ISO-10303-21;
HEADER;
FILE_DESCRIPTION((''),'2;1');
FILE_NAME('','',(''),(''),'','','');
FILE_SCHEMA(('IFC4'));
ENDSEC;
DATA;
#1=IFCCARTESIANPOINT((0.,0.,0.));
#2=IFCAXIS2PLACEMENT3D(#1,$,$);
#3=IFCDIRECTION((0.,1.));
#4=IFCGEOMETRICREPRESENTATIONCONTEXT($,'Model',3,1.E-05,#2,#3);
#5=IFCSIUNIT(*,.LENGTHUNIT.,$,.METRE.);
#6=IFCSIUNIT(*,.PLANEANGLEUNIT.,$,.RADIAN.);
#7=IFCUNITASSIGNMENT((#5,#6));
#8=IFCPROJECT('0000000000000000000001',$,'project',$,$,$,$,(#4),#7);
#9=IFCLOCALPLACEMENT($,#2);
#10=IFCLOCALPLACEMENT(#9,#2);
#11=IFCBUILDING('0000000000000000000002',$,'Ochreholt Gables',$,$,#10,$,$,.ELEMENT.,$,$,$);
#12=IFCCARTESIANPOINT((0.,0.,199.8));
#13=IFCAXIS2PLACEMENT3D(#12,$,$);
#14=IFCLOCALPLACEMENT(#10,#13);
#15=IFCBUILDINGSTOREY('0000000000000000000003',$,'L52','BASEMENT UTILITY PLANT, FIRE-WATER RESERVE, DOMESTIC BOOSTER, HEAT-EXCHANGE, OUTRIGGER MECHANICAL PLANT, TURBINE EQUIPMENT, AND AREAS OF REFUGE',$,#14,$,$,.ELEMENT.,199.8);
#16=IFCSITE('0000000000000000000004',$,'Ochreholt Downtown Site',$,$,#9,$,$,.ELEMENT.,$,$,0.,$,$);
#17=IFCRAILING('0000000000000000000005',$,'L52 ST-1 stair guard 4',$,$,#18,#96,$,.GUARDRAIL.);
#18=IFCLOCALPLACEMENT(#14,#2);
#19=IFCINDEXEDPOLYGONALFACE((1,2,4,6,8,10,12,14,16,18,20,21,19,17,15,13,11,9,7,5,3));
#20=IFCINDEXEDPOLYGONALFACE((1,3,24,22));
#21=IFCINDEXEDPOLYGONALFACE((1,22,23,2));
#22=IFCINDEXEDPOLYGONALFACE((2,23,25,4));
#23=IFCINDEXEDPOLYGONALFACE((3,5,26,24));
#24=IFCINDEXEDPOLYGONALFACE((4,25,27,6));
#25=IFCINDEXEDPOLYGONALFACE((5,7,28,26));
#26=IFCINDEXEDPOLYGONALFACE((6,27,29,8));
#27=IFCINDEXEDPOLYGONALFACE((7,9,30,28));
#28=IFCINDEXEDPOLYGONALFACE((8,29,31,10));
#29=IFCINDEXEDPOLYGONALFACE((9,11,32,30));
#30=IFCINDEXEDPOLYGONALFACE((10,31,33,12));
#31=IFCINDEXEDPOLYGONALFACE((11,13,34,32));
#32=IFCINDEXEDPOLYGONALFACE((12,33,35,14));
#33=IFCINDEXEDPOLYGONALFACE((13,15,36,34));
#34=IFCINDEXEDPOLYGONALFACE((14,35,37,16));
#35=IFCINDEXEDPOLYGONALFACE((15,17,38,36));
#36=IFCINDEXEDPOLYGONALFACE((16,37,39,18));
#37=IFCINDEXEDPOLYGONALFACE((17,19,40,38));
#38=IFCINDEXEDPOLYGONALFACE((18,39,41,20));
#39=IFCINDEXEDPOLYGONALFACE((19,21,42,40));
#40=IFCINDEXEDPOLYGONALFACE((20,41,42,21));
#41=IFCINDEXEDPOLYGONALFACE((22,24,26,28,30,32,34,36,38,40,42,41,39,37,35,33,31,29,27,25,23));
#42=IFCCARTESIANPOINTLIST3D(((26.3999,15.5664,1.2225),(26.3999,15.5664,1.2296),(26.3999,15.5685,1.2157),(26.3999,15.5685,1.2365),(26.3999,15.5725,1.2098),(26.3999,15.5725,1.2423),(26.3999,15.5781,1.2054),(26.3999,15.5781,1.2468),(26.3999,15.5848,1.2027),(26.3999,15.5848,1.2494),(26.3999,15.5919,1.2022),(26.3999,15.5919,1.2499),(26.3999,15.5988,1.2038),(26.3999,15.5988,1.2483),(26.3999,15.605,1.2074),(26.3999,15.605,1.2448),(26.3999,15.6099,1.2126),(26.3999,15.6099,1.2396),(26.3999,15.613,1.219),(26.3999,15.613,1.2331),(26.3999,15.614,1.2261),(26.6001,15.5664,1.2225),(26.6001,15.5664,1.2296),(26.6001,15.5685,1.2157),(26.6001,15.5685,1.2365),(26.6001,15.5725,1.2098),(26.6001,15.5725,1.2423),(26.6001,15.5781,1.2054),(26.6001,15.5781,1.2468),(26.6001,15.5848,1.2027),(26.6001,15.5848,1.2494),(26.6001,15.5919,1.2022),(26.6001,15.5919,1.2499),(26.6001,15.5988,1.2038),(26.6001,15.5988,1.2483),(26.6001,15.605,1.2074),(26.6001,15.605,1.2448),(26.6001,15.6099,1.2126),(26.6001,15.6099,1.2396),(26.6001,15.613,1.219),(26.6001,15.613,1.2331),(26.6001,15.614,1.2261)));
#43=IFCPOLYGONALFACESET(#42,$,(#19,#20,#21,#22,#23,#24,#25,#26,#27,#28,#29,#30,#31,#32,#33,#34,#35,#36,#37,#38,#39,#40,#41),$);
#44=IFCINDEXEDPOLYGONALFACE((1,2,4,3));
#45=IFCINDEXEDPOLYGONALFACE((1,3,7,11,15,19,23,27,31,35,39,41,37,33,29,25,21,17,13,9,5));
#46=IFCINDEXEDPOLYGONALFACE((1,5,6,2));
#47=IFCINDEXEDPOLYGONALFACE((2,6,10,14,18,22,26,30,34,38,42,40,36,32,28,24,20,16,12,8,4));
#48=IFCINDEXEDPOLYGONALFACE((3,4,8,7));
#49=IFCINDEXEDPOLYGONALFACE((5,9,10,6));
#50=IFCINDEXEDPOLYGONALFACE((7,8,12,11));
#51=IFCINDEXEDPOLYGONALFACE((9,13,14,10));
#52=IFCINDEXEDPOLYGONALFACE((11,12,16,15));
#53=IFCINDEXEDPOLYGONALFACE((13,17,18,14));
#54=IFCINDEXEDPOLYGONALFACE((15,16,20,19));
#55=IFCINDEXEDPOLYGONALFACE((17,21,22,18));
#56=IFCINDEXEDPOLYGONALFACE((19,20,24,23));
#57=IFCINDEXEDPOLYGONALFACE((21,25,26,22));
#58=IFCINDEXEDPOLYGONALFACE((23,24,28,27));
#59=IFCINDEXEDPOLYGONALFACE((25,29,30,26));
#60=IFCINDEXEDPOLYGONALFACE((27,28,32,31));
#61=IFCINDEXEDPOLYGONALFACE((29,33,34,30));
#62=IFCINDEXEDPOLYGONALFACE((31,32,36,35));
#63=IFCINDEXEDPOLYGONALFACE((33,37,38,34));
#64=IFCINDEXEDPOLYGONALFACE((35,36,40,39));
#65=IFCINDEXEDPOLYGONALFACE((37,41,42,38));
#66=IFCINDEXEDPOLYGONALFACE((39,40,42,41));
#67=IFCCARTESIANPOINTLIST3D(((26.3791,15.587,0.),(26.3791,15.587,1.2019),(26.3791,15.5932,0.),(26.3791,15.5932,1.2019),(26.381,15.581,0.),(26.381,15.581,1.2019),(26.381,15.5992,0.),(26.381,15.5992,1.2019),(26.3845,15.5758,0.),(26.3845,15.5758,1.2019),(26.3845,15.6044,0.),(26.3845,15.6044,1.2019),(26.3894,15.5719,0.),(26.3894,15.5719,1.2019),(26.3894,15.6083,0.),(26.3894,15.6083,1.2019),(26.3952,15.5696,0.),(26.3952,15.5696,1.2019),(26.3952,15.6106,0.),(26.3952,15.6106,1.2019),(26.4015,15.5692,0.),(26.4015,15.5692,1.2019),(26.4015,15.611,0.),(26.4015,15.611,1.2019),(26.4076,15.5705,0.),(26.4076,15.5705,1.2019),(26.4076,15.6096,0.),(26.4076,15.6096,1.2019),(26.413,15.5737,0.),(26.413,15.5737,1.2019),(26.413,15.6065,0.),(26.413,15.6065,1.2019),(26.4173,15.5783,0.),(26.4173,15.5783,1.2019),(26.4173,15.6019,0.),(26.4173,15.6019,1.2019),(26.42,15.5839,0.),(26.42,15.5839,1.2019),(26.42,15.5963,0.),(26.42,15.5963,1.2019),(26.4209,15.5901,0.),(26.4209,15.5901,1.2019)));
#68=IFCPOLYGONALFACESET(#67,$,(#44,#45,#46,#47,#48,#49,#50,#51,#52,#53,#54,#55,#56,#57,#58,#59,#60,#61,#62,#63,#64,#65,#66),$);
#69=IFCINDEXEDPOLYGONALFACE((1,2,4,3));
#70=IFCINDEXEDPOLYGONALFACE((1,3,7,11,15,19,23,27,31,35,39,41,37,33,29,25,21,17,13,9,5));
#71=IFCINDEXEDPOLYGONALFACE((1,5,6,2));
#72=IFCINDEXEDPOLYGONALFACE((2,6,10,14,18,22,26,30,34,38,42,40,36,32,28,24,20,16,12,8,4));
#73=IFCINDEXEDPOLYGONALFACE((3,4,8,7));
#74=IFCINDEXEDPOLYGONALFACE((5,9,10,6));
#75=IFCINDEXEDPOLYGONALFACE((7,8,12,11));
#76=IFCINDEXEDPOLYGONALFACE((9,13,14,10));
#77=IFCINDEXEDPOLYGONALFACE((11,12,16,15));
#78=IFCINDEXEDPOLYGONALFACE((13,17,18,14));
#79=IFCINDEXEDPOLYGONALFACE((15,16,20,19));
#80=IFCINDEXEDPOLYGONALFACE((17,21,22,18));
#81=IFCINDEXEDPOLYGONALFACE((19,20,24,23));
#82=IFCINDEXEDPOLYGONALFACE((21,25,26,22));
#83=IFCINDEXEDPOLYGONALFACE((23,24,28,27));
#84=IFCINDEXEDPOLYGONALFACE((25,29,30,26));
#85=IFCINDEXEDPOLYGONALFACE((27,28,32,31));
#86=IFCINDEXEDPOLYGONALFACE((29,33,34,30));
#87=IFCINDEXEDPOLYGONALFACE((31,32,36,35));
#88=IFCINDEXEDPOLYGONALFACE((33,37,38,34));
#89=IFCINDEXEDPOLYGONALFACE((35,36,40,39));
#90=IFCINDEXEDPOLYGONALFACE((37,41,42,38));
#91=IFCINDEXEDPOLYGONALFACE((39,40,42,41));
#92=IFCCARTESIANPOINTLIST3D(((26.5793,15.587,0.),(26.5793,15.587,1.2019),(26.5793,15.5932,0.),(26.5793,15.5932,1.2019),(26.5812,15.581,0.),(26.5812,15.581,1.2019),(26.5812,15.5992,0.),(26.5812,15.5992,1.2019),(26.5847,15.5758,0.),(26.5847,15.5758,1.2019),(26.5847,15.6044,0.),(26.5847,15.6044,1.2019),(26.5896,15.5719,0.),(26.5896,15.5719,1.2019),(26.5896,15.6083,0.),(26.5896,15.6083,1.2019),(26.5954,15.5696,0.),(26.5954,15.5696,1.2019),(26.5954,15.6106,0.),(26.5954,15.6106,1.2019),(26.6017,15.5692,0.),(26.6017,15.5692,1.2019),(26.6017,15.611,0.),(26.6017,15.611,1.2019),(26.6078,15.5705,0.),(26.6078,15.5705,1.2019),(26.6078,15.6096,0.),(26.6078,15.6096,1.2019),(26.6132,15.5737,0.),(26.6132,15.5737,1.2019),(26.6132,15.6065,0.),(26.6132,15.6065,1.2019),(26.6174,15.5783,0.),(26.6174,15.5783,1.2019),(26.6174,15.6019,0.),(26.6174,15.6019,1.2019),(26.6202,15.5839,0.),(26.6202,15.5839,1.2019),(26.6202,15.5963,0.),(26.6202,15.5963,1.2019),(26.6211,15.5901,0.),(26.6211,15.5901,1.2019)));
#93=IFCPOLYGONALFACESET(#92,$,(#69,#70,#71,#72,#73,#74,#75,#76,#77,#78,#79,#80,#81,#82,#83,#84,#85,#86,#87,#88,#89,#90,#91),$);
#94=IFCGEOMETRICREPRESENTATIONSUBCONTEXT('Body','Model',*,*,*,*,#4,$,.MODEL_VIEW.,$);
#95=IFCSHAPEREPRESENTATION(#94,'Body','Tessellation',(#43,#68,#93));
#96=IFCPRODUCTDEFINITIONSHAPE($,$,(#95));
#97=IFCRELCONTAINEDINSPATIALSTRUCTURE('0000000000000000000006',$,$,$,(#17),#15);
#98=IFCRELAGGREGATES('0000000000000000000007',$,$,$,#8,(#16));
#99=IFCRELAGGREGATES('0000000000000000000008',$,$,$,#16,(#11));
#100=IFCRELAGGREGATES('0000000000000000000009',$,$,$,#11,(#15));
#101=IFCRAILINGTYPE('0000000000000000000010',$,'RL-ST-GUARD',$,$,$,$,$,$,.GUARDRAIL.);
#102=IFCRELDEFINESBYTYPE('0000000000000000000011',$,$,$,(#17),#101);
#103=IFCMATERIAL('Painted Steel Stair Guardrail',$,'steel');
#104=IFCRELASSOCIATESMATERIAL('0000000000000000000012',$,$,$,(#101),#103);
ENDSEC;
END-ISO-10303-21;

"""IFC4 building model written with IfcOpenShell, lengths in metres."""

from ifc_helpers import new_model, si_unit, direction, frame, origin, origin_2d, place, context, subcontext, project, spatial, circle, extrude, material, type_object, element, save


model = new_model("IFC4")

# Units and contexts
model_context = context("Model", 3, precision=1e-05, world=origin(), true_north=direction((0.0, 1.0)))
body_context = subcontext(model_context, "Body", "Model", "MODEL_VIEW")
ifc_project = project(units=[si_unit("LENGTHUNIT", "METRE"), si_unit("PLANEANGLEUNIT", "RADIAN")], contexts=[model_context])

# Site, building, storey
site_placement = place(None, origin())
site = spatial("IfcSite", under=ifc_project, at=site_placement, Name="Ochreholt Downtown Site", CompositionType="ELEMENT", RefElevation=0.0)
building_placement = place(site_placement, origin())
building = spatial("IfcBuilding", under=site, at=building_placement, Name="Ochreholt Gables", CompositionType="ELEMENT")
storey_placement = place(building_placement, frame((0.0, 0.0, 199.8)))
storey = spatial("IfcBuildingStorey", under=building, at=storey_placement, Name="L52", Description="BASEMENT UTILITY PLANT, FIRE-WATER RESERVE, DOMESTIC BOOSTER, HEAT-EXCHANGE, OUTRIGGER MECHANICAL PLANT, TURBINE EQUIPMENT, AND AREAS OF REFUGE", CompositionType="ELEMENT", Elevation=199.8)

# Railing
ifc_material_1 = material(Name="Painted Steel Stair Guardrail", Category="steel")
railing_type_1 = type_object("IfcRailingType", Name="RL-ST-GUARD", PredefinedType="GUARDRAIL", material=ifc_material_1)
railing_1_placement = place(storey_placement, frame((26.3999, 15.5901, 0.0)))
element("IfcRailing", 1, at=railing_1_placement, inside=storey, type_object=railing_type_1, Name="L52 ST-1 stair guard 4", PredefinedType="GUARDRAIL", context=body_context, shape_type="SweptSolid", body=[
    extrude(circle(Radius=0.0239, at=origin_2d()), frame((0.0, 0.0, 1.2261), z_axis=(1.0, 0.0, 0.0), x_axis=(0.0, 1.0, 0.0)), (0.0, 0.0, 1.0), 0.2002),
    extrude(circle(Radius=0.021, at=origin_2d()), origin(), (0.0, 0.0, 1.0), 1.2019),
    extrude(circle(Radius=0.021, at=origin_2d()), frame((0.2002, 0.0, 0.0)), (0.0, 0.0, 1.0), 1.2019),
])

save(model, "model.ifc")
